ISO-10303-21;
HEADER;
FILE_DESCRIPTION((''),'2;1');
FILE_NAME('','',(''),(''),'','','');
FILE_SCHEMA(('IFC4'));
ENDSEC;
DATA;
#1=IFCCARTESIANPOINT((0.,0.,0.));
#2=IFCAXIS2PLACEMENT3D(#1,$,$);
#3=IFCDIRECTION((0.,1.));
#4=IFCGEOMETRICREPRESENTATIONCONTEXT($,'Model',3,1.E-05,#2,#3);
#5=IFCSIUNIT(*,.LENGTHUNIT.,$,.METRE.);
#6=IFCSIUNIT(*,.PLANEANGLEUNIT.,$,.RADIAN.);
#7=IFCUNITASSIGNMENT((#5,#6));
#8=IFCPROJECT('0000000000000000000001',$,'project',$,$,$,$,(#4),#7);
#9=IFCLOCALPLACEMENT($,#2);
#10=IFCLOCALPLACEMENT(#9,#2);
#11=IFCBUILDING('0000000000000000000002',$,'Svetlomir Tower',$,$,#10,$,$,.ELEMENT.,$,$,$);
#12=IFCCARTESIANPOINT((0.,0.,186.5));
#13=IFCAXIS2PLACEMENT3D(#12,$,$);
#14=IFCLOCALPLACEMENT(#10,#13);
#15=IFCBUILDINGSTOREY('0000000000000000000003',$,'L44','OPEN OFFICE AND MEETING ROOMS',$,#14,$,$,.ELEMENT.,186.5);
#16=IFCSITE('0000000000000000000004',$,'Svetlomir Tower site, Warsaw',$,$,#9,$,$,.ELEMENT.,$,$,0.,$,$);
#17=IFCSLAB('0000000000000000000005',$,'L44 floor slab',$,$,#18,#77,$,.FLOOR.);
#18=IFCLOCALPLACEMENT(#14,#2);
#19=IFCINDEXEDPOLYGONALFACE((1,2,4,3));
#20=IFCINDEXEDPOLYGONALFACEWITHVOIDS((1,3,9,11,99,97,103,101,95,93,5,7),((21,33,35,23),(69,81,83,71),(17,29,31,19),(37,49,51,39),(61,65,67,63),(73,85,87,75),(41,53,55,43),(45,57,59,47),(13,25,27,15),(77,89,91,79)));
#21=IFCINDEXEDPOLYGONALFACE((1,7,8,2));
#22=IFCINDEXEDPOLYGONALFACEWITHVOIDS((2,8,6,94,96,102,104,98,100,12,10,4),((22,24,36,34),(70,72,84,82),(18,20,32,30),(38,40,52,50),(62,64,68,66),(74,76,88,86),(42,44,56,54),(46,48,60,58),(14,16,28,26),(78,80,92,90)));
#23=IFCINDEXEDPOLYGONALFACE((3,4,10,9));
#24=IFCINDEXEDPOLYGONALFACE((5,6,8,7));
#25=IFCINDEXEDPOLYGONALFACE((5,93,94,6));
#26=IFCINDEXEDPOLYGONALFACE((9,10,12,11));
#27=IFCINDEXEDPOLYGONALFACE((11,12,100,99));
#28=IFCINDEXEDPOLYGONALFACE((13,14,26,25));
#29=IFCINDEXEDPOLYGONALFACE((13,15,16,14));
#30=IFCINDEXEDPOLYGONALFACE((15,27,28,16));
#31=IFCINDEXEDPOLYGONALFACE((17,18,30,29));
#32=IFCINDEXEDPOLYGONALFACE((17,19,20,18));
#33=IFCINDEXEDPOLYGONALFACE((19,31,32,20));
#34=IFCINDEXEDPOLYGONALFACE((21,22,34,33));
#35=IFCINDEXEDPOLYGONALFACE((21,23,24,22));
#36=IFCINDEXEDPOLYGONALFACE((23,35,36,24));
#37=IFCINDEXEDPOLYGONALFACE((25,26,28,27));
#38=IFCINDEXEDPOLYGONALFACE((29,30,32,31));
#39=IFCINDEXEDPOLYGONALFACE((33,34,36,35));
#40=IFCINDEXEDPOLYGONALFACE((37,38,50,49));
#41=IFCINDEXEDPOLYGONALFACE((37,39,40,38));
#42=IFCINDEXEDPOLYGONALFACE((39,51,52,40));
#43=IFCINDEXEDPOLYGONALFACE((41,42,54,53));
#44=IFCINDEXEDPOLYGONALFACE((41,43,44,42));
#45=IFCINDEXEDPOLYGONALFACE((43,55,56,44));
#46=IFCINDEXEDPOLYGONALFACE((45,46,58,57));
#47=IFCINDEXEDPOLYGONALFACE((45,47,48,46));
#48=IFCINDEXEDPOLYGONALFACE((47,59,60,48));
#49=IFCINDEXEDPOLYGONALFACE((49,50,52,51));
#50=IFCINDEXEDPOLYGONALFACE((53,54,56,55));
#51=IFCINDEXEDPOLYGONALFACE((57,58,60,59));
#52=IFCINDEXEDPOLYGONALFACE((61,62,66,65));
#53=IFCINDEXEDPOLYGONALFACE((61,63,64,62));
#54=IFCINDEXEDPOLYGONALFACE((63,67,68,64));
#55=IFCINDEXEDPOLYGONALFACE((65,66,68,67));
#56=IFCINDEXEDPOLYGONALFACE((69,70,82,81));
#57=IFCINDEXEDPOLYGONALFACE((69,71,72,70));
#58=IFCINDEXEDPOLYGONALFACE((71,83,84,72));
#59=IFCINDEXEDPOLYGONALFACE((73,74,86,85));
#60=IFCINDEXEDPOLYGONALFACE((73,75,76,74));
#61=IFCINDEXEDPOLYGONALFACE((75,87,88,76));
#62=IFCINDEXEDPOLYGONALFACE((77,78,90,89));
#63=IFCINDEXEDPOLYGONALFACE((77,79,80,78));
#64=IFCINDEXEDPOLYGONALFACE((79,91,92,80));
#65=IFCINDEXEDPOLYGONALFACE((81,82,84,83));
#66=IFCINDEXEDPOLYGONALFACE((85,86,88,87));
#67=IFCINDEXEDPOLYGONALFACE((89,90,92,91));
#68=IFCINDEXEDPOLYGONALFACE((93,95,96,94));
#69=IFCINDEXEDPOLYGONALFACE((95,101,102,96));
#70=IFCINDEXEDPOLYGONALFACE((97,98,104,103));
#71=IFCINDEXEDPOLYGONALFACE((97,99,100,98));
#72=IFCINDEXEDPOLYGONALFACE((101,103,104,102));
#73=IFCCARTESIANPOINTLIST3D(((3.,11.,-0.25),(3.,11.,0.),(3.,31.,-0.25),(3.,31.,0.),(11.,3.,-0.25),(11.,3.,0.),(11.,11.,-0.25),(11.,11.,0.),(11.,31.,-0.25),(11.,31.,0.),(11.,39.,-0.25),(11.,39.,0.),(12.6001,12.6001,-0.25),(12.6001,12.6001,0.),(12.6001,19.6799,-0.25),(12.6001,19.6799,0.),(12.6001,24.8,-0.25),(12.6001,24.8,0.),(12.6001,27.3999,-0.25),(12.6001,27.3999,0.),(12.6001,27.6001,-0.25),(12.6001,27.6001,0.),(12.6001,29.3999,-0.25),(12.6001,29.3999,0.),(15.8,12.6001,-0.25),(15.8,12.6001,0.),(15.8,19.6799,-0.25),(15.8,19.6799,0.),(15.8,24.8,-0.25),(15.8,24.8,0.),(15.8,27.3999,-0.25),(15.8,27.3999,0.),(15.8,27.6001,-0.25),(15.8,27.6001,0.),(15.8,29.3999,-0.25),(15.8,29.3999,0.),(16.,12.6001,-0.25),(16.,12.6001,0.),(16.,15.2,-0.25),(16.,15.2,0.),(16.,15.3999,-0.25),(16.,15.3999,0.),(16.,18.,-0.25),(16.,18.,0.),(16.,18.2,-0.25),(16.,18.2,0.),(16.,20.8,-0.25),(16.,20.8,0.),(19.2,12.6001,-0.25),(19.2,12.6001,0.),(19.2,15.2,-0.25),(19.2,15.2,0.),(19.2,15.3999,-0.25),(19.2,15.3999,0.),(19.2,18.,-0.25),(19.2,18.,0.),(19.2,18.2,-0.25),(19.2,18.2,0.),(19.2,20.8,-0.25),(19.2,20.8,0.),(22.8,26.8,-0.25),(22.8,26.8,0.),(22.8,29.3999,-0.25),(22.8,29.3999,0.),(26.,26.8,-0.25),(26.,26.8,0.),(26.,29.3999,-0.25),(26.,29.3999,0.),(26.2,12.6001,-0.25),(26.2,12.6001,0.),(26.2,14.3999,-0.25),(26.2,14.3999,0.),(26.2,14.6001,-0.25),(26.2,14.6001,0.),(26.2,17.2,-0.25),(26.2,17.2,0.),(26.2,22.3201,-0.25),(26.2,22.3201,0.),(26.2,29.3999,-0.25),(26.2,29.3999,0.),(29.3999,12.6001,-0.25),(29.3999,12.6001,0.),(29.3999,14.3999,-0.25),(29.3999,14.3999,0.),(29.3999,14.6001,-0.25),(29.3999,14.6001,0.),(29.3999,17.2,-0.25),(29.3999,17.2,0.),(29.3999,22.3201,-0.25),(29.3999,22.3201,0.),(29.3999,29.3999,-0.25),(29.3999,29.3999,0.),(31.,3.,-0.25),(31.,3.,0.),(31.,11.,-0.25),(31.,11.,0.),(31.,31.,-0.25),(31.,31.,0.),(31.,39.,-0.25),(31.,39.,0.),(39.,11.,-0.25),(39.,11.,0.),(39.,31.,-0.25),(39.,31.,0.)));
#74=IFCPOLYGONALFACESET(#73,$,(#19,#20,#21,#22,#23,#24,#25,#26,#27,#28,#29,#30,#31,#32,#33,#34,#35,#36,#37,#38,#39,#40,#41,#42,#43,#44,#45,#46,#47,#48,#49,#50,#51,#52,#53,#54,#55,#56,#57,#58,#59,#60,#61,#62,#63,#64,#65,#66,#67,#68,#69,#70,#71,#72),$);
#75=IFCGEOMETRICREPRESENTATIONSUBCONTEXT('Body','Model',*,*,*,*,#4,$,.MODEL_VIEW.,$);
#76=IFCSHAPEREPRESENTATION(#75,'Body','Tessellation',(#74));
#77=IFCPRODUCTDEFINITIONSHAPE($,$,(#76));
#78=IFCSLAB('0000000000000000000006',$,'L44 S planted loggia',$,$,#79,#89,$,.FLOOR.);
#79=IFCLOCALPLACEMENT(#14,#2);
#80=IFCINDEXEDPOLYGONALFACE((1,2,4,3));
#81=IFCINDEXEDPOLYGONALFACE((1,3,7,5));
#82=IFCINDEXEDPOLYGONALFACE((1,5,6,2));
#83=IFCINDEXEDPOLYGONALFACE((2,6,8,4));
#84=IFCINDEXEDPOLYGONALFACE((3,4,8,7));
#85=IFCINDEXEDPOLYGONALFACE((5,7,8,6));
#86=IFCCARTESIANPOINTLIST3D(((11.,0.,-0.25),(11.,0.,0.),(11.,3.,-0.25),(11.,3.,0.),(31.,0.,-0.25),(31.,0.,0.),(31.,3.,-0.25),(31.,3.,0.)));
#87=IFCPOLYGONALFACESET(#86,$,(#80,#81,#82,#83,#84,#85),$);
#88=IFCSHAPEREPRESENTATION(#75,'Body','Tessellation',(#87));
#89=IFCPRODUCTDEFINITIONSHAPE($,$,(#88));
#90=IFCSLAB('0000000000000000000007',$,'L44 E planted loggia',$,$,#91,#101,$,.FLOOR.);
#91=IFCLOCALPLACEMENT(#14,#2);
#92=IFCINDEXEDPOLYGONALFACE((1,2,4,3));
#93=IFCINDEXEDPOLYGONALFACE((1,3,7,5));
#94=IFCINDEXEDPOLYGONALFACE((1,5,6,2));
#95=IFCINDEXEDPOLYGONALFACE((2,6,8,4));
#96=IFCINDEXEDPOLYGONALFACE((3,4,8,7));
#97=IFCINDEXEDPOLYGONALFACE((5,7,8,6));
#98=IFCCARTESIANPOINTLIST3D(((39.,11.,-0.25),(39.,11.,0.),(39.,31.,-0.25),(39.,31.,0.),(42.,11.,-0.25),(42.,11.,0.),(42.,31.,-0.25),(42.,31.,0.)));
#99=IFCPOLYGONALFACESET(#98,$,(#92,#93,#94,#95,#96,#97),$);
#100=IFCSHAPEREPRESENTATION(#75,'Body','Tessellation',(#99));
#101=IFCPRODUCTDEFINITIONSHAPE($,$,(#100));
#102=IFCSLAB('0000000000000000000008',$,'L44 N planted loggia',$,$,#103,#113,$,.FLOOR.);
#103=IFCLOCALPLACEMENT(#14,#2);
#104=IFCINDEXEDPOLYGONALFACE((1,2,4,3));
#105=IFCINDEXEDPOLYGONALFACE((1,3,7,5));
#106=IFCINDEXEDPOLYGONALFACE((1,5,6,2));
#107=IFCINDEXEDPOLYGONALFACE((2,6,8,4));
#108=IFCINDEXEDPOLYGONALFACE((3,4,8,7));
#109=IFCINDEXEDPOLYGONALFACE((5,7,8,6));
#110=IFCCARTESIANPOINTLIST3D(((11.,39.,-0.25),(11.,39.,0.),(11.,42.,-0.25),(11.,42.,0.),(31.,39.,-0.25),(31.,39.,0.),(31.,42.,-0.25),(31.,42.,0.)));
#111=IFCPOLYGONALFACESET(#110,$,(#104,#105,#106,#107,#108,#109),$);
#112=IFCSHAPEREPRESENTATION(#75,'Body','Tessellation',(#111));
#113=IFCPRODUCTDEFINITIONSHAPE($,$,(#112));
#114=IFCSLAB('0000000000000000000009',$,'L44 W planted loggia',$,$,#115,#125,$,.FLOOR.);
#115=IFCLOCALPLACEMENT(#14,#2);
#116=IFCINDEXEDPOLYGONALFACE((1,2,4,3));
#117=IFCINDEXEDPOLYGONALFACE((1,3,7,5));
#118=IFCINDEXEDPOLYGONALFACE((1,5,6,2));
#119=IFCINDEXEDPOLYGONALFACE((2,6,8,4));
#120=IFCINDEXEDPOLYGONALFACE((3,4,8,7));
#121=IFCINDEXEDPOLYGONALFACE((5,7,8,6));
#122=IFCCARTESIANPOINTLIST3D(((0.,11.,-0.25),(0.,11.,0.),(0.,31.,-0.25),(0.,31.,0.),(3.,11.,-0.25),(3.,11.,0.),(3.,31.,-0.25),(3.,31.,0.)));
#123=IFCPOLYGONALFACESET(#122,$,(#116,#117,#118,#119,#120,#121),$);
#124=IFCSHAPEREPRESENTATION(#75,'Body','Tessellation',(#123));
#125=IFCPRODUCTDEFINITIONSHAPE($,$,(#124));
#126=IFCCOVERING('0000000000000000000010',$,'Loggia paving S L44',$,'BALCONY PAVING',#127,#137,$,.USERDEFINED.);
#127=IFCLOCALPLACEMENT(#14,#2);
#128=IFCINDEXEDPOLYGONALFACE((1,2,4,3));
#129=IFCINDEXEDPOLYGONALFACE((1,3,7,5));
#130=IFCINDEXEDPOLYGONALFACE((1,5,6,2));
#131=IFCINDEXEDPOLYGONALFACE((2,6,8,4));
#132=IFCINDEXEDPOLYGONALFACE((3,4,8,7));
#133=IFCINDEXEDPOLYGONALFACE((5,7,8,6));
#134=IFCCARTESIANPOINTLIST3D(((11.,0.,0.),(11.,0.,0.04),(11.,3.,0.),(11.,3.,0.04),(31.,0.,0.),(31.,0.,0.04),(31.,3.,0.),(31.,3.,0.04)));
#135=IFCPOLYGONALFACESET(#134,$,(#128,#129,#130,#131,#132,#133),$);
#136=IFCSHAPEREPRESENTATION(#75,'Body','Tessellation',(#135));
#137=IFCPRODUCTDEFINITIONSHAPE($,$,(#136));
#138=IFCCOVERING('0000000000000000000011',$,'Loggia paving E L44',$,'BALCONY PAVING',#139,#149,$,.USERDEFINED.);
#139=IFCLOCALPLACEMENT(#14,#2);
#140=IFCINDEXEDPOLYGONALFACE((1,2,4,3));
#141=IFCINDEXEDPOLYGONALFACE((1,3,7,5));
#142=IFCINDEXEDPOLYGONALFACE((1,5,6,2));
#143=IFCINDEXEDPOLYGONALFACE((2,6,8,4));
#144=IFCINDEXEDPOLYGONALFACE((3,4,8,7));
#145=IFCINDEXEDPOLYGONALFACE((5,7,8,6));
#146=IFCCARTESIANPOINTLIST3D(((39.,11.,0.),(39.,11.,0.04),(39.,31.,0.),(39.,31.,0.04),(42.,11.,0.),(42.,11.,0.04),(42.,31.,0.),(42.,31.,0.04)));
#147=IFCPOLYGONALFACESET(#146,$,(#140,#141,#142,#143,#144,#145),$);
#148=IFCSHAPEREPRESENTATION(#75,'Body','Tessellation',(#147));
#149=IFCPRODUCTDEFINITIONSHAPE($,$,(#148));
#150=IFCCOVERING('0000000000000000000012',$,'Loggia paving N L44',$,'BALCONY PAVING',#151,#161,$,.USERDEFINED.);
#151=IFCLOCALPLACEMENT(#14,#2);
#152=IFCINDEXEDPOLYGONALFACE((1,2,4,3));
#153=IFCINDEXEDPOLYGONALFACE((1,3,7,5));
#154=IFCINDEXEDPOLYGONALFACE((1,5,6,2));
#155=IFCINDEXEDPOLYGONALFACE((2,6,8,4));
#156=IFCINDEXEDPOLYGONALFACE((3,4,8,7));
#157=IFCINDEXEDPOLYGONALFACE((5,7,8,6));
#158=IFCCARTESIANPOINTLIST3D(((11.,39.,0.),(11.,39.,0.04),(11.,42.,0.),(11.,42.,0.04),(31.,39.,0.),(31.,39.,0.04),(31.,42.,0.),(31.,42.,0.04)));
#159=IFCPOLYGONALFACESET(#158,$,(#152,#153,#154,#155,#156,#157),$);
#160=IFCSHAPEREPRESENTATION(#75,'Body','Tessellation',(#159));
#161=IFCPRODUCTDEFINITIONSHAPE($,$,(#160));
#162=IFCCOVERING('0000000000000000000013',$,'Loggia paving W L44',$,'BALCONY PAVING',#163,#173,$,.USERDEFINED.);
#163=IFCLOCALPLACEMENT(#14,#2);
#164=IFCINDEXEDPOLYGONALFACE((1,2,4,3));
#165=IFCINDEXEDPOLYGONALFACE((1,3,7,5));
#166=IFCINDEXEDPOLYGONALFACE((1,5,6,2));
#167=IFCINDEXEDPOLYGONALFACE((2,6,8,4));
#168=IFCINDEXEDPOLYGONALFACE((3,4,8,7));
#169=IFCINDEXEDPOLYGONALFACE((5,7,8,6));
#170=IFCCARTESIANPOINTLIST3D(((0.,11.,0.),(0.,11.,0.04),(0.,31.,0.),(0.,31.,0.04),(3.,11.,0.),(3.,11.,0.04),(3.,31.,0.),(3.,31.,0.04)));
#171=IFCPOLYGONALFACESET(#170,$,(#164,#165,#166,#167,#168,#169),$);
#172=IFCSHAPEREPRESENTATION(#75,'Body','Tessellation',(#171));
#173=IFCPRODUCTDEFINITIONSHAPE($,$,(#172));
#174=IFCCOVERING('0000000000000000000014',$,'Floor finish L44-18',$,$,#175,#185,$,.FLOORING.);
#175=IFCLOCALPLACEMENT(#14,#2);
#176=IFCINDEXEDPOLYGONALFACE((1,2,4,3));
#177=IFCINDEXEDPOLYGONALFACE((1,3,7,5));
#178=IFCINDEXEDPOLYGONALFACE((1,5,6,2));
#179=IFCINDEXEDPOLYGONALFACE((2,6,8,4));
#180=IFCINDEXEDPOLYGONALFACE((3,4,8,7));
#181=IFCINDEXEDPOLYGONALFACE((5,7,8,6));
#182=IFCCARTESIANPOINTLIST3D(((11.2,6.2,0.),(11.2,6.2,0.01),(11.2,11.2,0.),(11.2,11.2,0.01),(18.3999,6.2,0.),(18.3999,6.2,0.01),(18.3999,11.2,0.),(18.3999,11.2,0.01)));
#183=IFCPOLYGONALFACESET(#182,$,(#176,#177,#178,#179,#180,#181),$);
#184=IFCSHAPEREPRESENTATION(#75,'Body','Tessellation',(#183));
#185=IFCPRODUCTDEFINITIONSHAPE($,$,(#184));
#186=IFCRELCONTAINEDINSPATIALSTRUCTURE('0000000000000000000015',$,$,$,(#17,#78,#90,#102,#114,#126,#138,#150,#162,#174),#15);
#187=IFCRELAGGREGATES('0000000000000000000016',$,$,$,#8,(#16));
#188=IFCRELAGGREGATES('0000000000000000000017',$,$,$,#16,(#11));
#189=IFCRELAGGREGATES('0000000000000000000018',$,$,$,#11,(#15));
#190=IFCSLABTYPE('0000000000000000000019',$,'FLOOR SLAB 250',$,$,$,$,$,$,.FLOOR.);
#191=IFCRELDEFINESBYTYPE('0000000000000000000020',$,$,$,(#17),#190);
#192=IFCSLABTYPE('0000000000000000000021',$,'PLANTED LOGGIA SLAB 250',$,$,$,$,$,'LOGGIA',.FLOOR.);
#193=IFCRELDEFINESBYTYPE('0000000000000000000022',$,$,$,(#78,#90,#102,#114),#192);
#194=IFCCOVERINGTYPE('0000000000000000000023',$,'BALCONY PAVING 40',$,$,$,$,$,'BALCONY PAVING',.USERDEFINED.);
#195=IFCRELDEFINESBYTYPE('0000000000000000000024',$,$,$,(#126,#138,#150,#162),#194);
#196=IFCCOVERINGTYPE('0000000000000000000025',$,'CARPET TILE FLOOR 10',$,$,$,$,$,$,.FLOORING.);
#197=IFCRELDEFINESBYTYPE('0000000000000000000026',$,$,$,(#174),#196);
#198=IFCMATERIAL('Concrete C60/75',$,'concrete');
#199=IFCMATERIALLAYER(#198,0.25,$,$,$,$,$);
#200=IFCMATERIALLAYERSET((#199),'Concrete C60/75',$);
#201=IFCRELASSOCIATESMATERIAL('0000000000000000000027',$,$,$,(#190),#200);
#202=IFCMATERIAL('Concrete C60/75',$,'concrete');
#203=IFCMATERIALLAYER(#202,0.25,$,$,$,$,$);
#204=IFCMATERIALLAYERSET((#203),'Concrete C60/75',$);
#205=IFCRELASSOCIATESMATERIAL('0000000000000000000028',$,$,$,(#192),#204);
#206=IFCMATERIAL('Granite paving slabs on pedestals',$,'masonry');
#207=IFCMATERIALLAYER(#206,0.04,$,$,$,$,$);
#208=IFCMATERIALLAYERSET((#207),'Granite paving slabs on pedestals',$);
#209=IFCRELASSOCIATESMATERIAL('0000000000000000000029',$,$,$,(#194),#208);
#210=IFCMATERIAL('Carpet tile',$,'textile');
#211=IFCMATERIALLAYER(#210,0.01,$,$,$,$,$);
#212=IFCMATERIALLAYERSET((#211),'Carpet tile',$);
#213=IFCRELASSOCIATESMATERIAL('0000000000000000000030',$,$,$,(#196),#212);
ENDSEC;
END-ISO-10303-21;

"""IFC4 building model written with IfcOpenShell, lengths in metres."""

from ifc_helpers import new_model, si_unit, direction, frame, origin, place, context, subcontext, project, spatial, polyline, outline, extrude, material, layer, layer_set, type_object, element, save


model = new_model("IFC4")

# Units and contexts
model_context = context("Model", 3, precision=1e-05, world=origin(), true_north=direction((0.0, 1.0)))
body_context = subcontext(model_context, "Body", "Model", "MODEL_VIEW")
ifc_project = project(units=[si_unit("LENGTHUNIT", "METRE"), si_unit("PLANEANGLEUNIT", "RADIAN")], contexts=[model_context])

# Site, building, storey
site_placement = place(None, origin())
site = spatial("IfcSite", under=ifc_project, at=site_placement, Name="Svetlomir Tower site, Warsaw", CompositionType="ELEMENT", RefElevation=0.0)
building_placement = place(site_placement, origin())
building = spatial("IfcBuilding", under=site, at=building_placement, Name="Svetlomir Tower", CompositionType="ELEMENT")
storey_placement = place(building_placement, frame((0.0, 0.0, 186.5)))
storey = spatial("IfcBuildingStorey", under=building, at=storey_placement, Name="L44", Description="OPEN OFFICE AND MEETING ROOMS", CompositionType="ELEMENT", Elevation=186.5)

# Slabs
ifc_material_1 = material(Name="Concrete C60/75", Category="concrete")
ifc_layer_1 = layer(ifc_material_1, 0.25)
ifc_layer_set_1 = layer_set([ifc_layer_1], Name="Concrete C60/75")
slab_type_1 = type_object("IfcSlabType", Name="FLOOR SLAB 250", PredefinedType="FLOOR", material=ifc_layer_set_1)
slab_1_placement = place(storey_placement, frame((0.0, 0.0, -0.25)))
element("IfcSlab", 1, at=slab_1_placement, inside=storey, type_object=slab_type_1, Name="L44 floor slab", PredefinedType="FLOOR", context=body_context, shape_type="SweptSolid", body=[
    extrude(outline(polyline([(11.0, 3.0), (31.0, 3.0), (31.0, 11.0), (39.0, 11.0), (39.0, 31.0), (31.0, 31.0), (31.0, 39.0), (11.0, 39.0), (11.0, 31.0), (3.0, 31.0), (3.0, 11.0), (11.0, 11.0), (11.0, 3.0)]), holes=[polyline([(12.6001, 24.8), (15.8, 24.8), (15.8, 27.3999), (12.6001, 27.3999), (12.6001, 24.8)]), polyline([(26.2, 14.6001), (29.3999, 14.6001), (29.3999, 17.2), (26.2, 17.2), (26.2, 14.6001)]), polyline([(16.0, 12.6001), (19.2, 12.6001), (19.2, 15.2), (16.0, 15.2), (16.0, 12.6001)]), polyline([(16.0, 15.3999), (19.2, 15.3999), (19.2, 18.0), (16.0, 18.0), (16.0, 15.3999)]), polyline([(16.0, 18.2), (19.2, 18.2), (19.2, 20.8), (16.0, 20.8), (16.0, 18.2)]), polyline([(22.8, 26.8), (26.0, 26.8), (26.0, 29.3999), (22.8, 29.3999), (22.8, 26.8)]), polyline([(12.6001, 27.6001), (15.8, 27.6001), (15.8, 29.3999), (12.6001, 29.3999), (12.6001, 27.6001)]), polyline([(26.2, 12.6001), (29.3999, 12.6001), (29.3999, 14.3999), (26.2, 14.3999), (26.2, 12.6001)]), polyline([(12.6001, 12.6001), (15.8, 12.6001), (15.8, 19.6799), (12.6001, 19.6799), (12.6001, 12.6001)]), polyline([(26.2, 22.3201), (29.3999, 22.3201), (29.3999, 29.3999), (26.2, 29.3999), (26.2, 22.3201)])]), origin(), (0.0, 0.0, 1.0), 0.25),
])
ifc_material_2 = material(Name="Concrete C60/75", Category="concrete")
ifc_layer_2 = layer(ifc_material_2, 0.25)
ifc_layer_set_2 = layer_set([ifc_layer_2], Name="Concrete C60/75")
slab_type_2 = type_object("IfcSlabType", Name="PLANTED LOGGIA SLAB 250", ElementType="LOGGIA", PredefinedType="FLOOR", material=ifc_layer_set_2)
slab_2_placement = place(storey_placement, frame((0.0, 0.0, -0.25)))
element("IfcSlab", 2, at=slab_2_placement, inside=storey, type_object=slab_type_2, Name="L44 S planted loggia", PredefinedType="FLOOR", context=body_context, shape_type="SweptSolid", body=[
    extrude(outline(polyline([(11.0, 0.0), (31.0, 0.0), (31.0, 3.0), (11.0, 3.0), (11.0, 0.0)])), origin(), (0.0, 0.0, 1.0), 0.25),
])
slab_3_placement = place(storey_placement, frame((0.0, 0.0, -0.25)))
element("IfcSlab", 3, at=slab_3_placement, inside=storey, type_object=slab_type_2, Name="L44 E planted loggia", PredefinedType="FLOOR", context=body_context, shape_type="SweptSolid", body=[
    extrude(outline(polyline([(39.0, 11.0), (42.0, 11.0), (42.0, 31.0), (39.0, 31.0), (39.0, 11.0)])), origin(), (0.0, 0.0, 1.0), 0.25),
])
slab_4_placement = place(storey_placement, frame((0.0, 0.0, -0.25)))
element("IfcSlab", 4, at=slab_4_placement, inside=storey, type_object=slab_type_2, Name="L44 N planted loggia", PredefinedType="FLOOR", context=body_context, shape_type="SweptSolid", body=[
    extrude(outline(polyline([(11.0, 39.0), (31.0, 39.0), (31.0, 42.0), (11.0, 42.0), (11.0, 39.0)])), origin(), (0.0, 0.0, 1.0), 0.25),
])
slab_5_placement = place(storey_placement, frame((0.0, 0.0, -0.25)))
element("IfcSlab", 5, at=slab_5_placement, inside=storey, type_object=slab_type_2, Name="L44 W planted loggia", PredefinedType="FLOOR", context=body_context, shape_type="SweptSolid", body=[
    extrude(outline(polyline([(0.0, 11.0), (3.0, 11.0), (3.0, 31.0), (0.0, 31.0), (0.0, 11.0)])), origin(), (0.0, 0.0, 1.0), 0.25),
])

# Coverings
ifc_material_3 = material(Name="Granite paving slabs on pedestals", Category="masonry")
ifc_layer_3 = layer(ifc_material_3, 0.04)
ifc_layer_set_3 = layer_set([ifc_layer_3], Name="Granite paving slabs on pedestals")
covering_type_1 = type_object("IfcCoveringType", Name="BALCONY PAVING 40", ElementType="BALCONY PAVING", PredefinedType="USERDEFINED", material=ifc_layer_set_3)
covering_1_placement = place(storey_placement, origin())
element("IfcCovering", 6, at=covering_1_placement, inside=storey, type_object=covering_type_1, Name="Loggia paving S L44", ObjectType="BALCONY PAVING", PredefinedType="USERDEFINED", context=body_context, shape_type="SweptSolid", body=[
    extrude(outline(polyline([(11.0, 0.0), (31.0, 0.0), (31.0, 3.0), (11.0, 3.0), (11.0, 0.0)])), origin(), (0.0, 0.0, 1.0), 0.04),
])
covering_2_placement = place(storey_placement, origin())
element("IfcCovering", 7, at=covering_2_placement, inside=storey, type_object=covering_type_1, Name="Loggia paving E L44", ObjectType="BALCONY PAVING", PredefinedType="USERDEFINED", context=body_context, shape_type="SweptSolid", body=[
    extrude(outline(polyline([(39.0, 11.0), (42.0, 11.0), (42.0, 31.0), (39.0, 31.0), (39.0, 11.0)])), origin(), (0.0, 0.0, 1.0), 0.04),
])
covering_3_placement = place(storey_placement, origin())
element("IfcCovering", 8, at=covering_3_placement, inside=storey, type_object=covering_type_1, Name="Loggia paving N L44", ObjectType="BALCONY PAVING", PredefinedType="USERDEFINED", context=body_context, shape_type="SweptSolid", body=[
    extrude(outline(polyline([(11.0, 39.0), (31.0, 39.0), (31.0, 42.0), (11.0, 42.0), (11.0, 39.0)])), origin(), (0.0, 0.0, 1.0), 0.04),
])
covering_4_placement = place(storey_placement, origin())
element("IfcCovering", 9, at=covering_4_placement, inside=storey, type_object=covering_type_1, Name="Loggia paving W L44", ObjectType="BALCONY PAVING", PredefinedType="USERDEFINED", context=body_context, shape_type="SweptSolid", body=[
    extrude(outline(polyline([(0.0, 11.0), (3.0, 11.0), (3.0, 31.0), (0.0, 31.0), (0.0, 11.0)])), origin(), (0.0, 0.0, 1.0), 0.04),
])
ifc_material_4 = material(Name="Carpet tile", Category="textile")
ifc_layer_4 = layer(ifc_material_4, 0.01)
ifc_layer_set_4 = layer_set([ifc_layer_4], Name="Carpet tile")
covering_type_2 = type_object("IfcCoveringType", Name="CARPET TILE FLOOR 10", PredefinedType="FLOORING", material=ifc_layer_set_4)
covering_5_placement = place(storey_placement, origin())
element("IfcCovering", 10, at=covering_5_placement, inside=storey, type_object=covering_type_2, Name="Floor finish L44-18", PredefinedType="FLOORING", context=body_context, shape_type="SweptSolid", body=[
    extrude(outline(polyline([(11.2, 6.2), (18.3999, 6.2), (18.3999, 11.2), (11.2, 11.2), (11.2, 6.2)])), origin(), (0.0, 0.0, 1.0), 0.01),
])

save(model, "model.ifc")
